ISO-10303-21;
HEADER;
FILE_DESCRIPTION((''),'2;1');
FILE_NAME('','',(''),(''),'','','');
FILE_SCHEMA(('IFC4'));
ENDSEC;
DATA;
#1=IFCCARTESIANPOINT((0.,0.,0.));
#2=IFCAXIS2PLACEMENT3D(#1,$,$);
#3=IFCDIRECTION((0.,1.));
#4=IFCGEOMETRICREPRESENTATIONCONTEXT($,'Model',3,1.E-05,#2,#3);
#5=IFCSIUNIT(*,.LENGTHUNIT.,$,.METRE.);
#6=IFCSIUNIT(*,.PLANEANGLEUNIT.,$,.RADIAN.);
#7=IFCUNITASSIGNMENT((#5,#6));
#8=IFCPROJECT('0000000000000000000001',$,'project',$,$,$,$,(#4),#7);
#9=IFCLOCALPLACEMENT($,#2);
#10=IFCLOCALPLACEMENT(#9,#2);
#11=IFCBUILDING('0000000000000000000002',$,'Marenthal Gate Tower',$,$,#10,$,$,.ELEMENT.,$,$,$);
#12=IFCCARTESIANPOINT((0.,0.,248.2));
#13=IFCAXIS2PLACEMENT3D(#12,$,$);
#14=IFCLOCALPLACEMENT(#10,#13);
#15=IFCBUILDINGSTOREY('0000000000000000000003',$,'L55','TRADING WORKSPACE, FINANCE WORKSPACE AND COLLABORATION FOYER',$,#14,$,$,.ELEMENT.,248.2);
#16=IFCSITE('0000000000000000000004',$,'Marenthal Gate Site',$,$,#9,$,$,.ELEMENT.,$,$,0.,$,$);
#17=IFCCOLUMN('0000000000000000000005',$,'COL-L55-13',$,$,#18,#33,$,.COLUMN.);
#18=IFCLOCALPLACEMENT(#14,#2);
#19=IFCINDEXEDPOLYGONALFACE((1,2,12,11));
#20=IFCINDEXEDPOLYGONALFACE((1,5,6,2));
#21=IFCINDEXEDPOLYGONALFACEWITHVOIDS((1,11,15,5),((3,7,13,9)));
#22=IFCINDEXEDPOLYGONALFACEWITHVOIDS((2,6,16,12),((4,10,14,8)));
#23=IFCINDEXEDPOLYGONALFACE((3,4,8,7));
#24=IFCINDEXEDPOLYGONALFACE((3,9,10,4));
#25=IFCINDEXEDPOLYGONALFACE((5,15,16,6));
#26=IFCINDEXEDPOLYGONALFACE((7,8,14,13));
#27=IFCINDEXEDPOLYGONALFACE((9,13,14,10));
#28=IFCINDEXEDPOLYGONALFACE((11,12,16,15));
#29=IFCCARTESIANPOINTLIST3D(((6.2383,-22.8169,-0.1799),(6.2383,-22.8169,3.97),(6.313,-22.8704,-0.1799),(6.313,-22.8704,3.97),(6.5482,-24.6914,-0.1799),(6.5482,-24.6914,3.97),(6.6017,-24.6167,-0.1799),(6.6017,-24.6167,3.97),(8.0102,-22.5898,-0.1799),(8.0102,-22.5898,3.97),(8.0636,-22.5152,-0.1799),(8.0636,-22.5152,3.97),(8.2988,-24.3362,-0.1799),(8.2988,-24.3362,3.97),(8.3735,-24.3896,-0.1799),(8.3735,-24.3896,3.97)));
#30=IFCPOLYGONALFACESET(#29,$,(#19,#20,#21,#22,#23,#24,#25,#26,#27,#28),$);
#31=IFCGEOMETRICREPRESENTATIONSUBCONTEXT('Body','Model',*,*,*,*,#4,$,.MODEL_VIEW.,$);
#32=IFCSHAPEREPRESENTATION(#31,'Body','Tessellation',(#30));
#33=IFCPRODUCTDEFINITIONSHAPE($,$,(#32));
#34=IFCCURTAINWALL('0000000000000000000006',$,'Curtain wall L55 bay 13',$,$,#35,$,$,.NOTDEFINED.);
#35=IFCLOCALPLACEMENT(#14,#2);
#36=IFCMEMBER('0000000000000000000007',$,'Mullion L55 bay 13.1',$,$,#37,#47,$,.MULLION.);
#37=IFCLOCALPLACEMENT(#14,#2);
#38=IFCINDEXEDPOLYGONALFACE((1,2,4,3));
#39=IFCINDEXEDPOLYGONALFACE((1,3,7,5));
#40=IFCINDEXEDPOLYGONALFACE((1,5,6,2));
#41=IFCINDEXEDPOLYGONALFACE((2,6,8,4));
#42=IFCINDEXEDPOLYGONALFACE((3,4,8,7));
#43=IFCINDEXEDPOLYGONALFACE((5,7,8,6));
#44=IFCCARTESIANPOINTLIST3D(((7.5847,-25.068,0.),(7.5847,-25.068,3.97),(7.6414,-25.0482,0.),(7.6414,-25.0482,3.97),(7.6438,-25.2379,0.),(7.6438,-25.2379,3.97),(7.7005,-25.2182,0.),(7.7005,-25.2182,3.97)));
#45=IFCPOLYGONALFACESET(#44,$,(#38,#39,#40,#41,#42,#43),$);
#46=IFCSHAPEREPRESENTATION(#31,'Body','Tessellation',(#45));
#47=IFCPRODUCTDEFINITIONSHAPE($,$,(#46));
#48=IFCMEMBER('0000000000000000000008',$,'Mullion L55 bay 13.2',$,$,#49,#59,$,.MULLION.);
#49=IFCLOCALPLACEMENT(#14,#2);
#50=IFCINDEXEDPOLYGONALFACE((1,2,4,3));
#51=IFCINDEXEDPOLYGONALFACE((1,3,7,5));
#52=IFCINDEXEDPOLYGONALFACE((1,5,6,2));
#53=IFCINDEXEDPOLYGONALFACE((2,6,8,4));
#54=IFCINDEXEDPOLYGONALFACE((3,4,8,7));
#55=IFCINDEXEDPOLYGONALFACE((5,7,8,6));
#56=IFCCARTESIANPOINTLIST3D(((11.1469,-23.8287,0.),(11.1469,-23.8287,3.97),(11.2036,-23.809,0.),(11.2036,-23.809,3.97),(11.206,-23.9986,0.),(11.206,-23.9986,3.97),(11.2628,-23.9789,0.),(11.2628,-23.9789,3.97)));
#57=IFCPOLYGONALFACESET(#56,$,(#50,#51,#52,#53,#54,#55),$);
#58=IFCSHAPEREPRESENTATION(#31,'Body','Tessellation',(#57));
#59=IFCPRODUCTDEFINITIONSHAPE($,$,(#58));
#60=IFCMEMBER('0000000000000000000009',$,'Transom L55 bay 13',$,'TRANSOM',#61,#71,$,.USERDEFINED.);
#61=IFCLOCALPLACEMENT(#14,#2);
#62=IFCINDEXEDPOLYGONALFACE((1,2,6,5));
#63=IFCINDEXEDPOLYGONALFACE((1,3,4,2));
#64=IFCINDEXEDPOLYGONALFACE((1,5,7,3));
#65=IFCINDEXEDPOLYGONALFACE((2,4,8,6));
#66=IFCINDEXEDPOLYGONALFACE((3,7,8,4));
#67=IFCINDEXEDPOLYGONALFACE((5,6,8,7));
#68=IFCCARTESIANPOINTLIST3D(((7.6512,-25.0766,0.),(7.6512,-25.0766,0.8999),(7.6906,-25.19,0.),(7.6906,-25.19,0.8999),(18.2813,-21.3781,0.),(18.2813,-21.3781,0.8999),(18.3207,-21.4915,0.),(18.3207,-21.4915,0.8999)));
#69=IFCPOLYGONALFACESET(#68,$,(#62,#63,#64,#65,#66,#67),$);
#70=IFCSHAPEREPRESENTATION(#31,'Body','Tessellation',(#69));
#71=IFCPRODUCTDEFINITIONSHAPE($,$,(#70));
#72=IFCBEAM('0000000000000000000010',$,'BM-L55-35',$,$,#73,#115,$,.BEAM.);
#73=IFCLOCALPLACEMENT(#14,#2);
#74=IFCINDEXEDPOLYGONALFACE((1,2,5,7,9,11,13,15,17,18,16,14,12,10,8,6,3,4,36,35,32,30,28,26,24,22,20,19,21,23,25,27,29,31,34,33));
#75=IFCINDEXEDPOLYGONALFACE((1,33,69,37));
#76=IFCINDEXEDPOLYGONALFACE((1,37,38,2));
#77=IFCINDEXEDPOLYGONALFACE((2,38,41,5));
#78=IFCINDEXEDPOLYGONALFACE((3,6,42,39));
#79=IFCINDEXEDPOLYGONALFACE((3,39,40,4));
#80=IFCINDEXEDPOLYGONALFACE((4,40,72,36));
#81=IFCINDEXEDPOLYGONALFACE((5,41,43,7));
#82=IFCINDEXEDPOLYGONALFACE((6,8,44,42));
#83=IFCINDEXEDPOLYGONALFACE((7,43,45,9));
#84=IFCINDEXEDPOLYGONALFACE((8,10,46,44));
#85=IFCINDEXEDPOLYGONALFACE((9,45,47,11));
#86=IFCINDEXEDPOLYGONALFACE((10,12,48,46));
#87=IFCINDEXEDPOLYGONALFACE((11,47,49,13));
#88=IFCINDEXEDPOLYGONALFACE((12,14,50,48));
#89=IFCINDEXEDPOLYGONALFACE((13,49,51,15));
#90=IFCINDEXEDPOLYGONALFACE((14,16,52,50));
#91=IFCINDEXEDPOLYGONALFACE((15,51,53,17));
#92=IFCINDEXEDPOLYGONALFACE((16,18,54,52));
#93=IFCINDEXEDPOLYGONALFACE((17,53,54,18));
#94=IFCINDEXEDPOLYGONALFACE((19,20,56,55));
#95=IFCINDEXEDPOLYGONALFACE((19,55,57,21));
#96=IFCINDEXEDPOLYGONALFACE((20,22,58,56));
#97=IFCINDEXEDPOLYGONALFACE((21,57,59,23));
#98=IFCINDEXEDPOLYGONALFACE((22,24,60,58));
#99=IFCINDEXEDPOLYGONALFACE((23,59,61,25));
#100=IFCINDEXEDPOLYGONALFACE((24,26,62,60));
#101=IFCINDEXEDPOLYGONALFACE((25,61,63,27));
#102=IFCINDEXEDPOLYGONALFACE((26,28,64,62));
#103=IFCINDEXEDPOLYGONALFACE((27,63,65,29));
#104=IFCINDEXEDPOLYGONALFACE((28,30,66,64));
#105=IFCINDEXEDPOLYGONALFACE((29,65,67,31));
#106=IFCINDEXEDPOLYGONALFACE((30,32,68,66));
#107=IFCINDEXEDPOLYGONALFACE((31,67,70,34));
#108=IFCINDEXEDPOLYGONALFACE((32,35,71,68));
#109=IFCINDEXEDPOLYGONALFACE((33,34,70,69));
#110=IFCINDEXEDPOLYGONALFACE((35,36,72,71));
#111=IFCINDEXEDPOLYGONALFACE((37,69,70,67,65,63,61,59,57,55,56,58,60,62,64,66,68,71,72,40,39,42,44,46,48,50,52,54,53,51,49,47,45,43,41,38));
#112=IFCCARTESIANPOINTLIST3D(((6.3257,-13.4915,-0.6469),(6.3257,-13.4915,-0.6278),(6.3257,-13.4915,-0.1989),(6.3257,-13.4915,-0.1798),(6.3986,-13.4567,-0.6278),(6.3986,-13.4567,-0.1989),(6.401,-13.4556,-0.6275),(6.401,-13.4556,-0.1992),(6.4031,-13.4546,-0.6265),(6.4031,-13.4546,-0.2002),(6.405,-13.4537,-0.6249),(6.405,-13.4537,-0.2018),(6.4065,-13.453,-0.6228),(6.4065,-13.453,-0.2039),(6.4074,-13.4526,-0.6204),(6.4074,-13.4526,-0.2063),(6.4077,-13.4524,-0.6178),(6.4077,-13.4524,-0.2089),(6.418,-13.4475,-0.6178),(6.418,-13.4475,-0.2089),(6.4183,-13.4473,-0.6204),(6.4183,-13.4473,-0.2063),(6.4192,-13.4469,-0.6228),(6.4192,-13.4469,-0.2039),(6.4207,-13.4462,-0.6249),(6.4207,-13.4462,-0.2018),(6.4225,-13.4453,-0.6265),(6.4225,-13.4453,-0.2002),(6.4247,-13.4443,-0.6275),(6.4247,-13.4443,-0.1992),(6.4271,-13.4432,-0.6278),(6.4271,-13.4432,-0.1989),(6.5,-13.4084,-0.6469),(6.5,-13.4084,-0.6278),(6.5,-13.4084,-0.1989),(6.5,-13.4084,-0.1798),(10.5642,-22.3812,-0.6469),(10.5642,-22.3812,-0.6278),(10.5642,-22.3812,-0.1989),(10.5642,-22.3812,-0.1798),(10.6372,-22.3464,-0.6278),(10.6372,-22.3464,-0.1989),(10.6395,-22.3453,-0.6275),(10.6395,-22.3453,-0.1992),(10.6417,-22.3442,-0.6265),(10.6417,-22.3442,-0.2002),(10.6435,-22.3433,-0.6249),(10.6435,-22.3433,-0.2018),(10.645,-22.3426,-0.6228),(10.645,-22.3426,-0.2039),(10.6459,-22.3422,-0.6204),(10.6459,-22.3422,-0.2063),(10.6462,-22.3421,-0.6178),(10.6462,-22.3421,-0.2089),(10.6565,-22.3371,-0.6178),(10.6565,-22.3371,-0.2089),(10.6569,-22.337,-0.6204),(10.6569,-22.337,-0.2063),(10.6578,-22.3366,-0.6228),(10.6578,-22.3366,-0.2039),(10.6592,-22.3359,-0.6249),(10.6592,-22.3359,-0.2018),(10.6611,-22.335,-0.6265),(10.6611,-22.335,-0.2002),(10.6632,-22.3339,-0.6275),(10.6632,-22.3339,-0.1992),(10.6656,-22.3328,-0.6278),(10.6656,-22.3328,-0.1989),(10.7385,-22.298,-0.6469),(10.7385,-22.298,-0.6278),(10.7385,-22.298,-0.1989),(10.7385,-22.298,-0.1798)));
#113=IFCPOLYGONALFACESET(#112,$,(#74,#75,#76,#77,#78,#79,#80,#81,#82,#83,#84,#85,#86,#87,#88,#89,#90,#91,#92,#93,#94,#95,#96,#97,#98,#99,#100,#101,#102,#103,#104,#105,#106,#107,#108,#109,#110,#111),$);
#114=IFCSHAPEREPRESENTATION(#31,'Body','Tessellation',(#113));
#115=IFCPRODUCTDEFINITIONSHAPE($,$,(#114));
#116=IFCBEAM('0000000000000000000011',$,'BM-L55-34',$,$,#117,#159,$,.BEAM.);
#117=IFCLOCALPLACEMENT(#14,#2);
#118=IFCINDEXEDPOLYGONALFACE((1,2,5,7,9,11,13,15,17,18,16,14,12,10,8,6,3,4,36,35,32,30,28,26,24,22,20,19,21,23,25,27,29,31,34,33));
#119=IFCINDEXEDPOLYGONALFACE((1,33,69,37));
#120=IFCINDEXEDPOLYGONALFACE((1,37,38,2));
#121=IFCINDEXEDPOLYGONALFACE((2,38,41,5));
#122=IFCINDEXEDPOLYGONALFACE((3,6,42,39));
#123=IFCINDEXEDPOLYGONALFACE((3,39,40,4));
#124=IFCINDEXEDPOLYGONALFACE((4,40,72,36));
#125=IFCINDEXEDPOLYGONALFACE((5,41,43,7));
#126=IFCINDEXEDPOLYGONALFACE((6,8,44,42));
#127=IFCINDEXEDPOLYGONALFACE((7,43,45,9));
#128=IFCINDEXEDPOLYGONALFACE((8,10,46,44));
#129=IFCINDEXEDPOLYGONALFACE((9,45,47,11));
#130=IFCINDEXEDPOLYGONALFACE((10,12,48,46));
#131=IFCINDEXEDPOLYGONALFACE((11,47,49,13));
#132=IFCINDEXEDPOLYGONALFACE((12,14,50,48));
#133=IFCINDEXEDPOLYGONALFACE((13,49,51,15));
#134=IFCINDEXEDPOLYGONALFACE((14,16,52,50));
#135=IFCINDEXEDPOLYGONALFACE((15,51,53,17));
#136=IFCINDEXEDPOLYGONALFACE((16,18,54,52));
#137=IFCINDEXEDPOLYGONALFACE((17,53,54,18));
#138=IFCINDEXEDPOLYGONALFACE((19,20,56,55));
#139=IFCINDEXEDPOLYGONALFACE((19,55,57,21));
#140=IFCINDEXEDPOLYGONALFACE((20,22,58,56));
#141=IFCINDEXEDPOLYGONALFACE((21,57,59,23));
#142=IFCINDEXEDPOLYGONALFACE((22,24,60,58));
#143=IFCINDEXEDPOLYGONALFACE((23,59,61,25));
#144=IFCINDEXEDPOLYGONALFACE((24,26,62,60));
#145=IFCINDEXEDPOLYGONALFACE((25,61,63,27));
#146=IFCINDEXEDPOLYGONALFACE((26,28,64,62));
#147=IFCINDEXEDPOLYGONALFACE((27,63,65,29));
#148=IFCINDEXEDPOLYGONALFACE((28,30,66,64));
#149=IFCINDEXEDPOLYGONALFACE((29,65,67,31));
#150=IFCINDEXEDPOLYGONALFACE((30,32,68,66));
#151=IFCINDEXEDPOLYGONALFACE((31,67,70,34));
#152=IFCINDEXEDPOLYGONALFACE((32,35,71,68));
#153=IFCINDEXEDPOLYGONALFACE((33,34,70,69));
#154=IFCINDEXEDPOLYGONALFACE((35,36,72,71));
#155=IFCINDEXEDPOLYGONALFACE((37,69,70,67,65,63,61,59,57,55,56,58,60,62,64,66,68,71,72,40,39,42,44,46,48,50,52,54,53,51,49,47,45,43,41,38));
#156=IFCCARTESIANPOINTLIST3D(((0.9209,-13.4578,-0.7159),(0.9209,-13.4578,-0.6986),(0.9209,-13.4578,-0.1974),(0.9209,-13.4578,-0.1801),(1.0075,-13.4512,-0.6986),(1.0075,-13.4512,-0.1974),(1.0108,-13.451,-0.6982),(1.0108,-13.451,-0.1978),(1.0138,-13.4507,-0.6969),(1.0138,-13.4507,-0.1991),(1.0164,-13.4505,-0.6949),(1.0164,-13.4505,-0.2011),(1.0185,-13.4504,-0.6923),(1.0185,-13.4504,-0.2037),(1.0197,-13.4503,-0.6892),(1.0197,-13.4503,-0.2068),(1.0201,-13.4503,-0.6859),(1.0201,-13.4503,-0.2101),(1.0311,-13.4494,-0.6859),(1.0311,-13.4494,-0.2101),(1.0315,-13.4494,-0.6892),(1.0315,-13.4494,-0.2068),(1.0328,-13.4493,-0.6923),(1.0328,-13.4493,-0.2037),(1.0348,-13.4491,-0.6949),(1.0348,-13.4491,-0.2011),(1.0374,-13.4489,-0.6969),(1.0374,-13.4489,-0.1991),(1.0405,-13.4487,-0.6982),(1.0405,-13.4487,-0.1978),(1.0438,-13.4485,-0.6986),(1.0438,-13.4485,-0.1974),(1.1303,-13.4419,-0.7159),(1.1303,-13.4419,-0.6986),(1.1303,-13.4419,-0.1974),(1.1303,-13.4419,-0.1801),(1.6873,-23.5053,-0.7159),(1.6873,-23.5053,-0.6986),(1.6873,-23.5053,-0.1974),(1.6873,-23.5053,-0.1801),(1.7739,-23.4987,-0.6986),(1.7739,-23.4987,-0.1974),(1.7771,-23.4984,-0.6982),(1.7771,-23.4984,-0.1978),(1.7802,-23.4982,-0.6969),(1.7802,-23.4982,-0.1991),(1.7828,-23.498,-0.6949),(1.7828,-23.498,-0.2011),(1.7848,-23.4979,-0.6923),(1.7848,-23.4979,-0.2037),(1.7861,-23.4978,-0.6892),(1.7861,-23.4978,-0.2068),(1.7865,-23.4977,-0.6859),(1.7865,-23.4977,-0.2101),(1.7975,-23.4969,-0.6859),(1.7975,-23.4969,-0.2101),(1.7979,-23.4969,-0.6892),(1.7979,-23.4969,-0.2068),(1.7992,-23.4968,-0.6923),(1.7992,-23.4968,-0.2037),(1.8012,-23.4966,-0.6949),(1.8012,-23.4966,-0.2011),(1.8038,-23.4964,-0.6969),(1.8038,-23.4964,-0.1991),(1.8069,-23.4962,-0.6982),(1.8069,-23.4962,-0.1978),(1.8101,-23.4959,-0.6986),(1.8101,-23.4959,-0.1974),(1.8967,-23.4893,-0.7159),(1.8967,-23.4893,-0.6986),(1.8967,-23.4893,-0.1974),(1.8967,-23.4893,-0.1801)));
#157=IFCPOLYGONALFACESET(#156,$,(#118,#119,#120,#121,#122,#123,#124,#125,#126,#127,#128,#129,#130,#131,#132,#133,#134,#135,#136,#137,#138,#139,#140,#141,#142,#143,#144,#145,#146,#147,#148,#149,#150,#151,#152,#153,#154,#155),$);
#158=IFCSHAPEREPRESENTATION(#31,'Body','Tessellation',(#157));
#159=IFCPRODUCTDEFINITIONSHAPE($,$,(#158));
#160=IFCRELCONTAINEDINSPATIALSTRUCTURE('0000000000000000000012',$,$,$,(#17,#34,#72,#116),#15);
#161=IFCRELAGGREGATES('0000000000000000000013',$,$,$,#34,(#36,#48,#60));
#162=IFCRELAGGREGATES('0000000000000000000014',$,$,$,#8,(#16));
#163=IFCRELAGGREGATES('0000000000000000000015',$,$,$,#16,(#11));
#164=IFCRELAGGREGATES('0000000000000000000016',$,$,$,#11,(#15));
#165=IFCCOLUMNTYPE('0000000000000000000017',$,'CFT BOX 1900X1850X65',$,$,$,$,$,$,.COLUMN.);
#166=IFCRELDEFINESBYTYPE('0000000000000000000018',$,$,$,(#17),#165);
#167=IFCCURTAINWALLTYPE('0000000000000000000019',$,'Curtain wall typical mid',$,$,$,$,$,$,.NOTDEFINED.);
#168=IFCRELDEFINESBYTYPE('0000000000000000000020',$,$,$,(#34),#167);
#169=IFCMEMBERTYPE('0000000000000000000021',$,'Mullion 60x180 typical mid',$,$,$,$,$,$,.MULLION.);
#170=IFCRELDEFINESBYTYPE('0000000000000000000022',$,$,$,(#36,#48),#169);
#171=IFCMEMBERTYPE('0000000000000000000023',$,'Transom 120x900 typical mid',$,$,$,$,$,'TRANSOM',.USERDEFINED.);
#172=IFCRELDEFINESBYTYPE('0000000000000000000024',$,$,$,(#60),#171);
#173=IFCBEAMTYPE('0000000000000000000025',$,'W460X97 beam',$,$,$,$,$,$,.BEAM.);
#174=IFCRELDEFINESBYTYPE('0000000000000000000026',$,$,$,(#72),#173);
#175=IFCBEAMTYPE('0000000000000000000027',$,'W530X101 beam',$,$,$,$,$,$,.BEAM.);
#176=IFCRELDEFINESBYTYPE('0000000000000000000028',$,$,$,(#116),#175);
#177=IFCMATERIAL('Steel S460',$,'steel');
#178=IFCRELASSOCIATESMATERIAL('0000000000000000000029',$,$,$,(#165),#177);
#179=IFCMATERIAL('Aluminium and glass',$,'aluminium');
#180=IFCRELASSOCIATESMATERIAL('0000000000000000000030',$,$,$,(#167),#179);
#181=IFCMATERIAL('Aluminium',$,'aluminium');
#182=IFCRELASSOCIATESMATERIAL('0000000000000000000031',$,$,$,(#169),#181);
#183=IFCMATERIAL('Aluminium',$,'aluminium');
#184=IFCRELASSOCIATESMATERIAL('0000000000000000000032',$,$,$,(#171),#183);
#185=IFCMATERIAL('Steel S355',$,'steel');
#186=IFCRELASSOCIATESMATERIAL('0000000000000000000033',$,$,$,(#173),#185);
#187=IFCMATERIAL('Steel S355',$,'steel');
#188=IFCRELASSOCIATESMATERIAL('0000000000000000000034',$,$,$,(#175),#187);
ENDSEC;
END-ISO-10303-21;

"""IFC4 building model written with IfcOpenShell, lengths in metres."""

from ifc_helpers import new_model, si_unit, direction, frame, origin, origin_2d, place, context, subcontext, project, spatial, rectangle, hollow_rectangle, i_section, extrude, material, material_profile, profile_set, type_object, element, aggregate, save


model = new_model("IFC4")

# Units and contexts
model_context = context("Model", 3, precision=1e-05, world=origin(), true_north=direction((0.0, 1.0)))
body_context = subcontext(model_context, "Body", "Model", "MODEL_VIEW")
ifc_project = project(units=[si_unit("LENGTHUNIT", "METRE"), si_unit("PLANEANGLEUNIT", "RADIAN")], contexts=[model_context])

# Site, building, storey
site_placement = place(None, origin())
site = spatial("IfcSite", under=ifc_project, at=site_placement, Name="Marenthal Gate Site", CompositionType="ELEMENT", RefElevation=0.0)
building_placement = place(site_placement, origin())
building = spatial("IfcBuilding", under=site, at=building_placement, Name="Marenthal Gate Tower", CompositionType="ELEMENT")
storey_placement = place(building_placement, frame((0.0, 0.0, 248.2)))
storey = spatial("IfcBuildingStorey", under=building, at=storey_placement, Name="L55", Description="TRADING WORKSPACE, FINANCE WORKSPACE AND COLLABORATION FOYER", CompositionType="ELEMENT", Elevation=248.2)

# Column
ifc_material_1 = material(Name="Steel S460", Category="steel")
ifc_material_profile_1 = material_profile(ifc_material_1, hollow_rectangle(XDim=1.8501, YDim=1.8999, WallThickness=0.0649, at=origin_2d()), Name="CFT BOX 1900X1850X65")
ifc_material_2 = material(Name="Concrete 70 MPa", Category="concrete")
ifc_material_profile_2 = material_profile(ifc_material_2, rectangle(XDim=1.72, YDim=1.77, at=origin_2d()), Name="CFT BOX 1900X1850X65 INFILL")
ifc_profile_set_1 = profile_set([ifc_material_profile_1, ifc_material_profile_2], Name="Steel S460 shell, Concrete 70 MPa infill")
column_type = type_object("IfcColumnType", Name="CFT BOX 1900X1850X65", PredefinedType="COLUMN", material=ifc_profile_set_1)
column_placement = place(storey_placement, frame((7.3059, -23.6033, -0.1799), z_axis=(0.0, 0.0, 1.0), x_axis=(-0.986611, -0.163088, 0.0)))
element("IfcColumn", 1, at=column_placement, inside=storey, type_object=column_type, Name="COL-L55-13", PredefinedType="COLUMN", context=body_context, shape_type="SweptSolid", body=[
    extrude(hollow_rectangle(XDim=1.8501, YDim=1.8999, WallThickness=0.0649, at=origin_2d()), origin(), (0.0, 0.0, 1.0), 4.1499),
])

# Curtain wall, members
ifc_material_3 = material(Name="Aluminium and glass", Category="aluminium")
curtain_wall_type = type_object("IfcCurtainWallType", Name="Curtain wall typical mid", PredefinedType="NOTDEFINED", material=ifc_material_3)
curtain_wall_placement = place(storey_placement, origin())
curtain_wall = element("IfcCurtainWall", 2, at=curtain_wall_placement, inside=storey, type_object=curtain_wall_type, Name="Curtain wall L55 bay 13", PredefinedType="NOTDEFINED")
ifc_material_4 = material(Name="Aluminium", Category="aluminium")
ifc_material_profile_3 = material_profile(ifc_material_4, rectangle(XDim=0.1799, YDim=0.0601, at=origin_2d()), Name="60x180 aluminium mullion")
ifc_profile_set_2 = profile_set([ifc_material_profile_3], Name="Aluminium")
member_type_1 = type_object("IfcMemberType", Name="Mullion 60x180 typical mid", PredefinedType="MULLION", material=ifc_profile_set_2)
member_1_placement = place(storey_placement, frame((7.6426, -25.1431, 0.0), z_axis=(0.0, 0.0, 1.0), x_axis=(-0.328612, 0.944465, 0.0)))
member_1 = element("IfcMember", 3, at=member_1_placement, type_object=member_type_1, Name="Mullion L55 bay 13.1", PredefinedType="MULLION", context=body_context, shape_type="SweptSolid", body=[
    extrude(rectangle(XDim=0.1799, YDim=0.0601, at=origin_2d()), origin(), (0.0, 0.0, 1.0), 3.97),
])
member_2_placement = place(storey_placement, frame((11.2048, -23.9038, 0.0), z_axis=(0.0, 0.0, 1.0), x_axis=(-0.328612, 0.944465, 0.0)))
member_2 = element("IfcMember", 4, at=member_2_placement, type_object=member_type_1, Name="Mullion L55 bay 13.2", PredefinedType="MULLION", context=body_context, shape_type="SweptSolid", body=[
    extrude(rectangle(XDim=0.1799, YDim=0.0601, at=origin_2d()), origin(), (0.0, 0.0, 1.0), 3.97),
])
ifc_material_5 = material(Name="Aluminium", Category="aluminium")
ifc_material_profile_4 = material_profile(ifc_material_5, rectangle(XDim=0.1201, YDim=0.8999, at=origin_2d()), Name="120x900 aluminium transom")
ifc_profile_set_3 = profile_set([ifc_material_profile_4], Name="Aluminium")
member_type_2 = type_object("IfcMemberType", Name="Transom 120x900 typical mid", ElementType="TRANSOM", PredefinedType="USERDEFINED", material=ifc_profile_set_3)
member_3_placement = place(storey_placement, frame((7.6709, -25.1333, 0.45), z_axis=(0.944468, 0.328604, 0.0), x_axis=(-0.328604, 0.944468, 0.0)))
member_3 = element("IfcMember", 5, at=member_3_placement, type_object=member_type_2, Name="Transom L55 bay 13", ObjectType="TRANSOM", PredefinedType="USERDEFINED", context=body_context, shape_type="SweptSolid", body=[
    extrude(rectangle(XDim=0.1201, YDim=0.8999, at=origin_2d()), origin(), (0.0, 0.0, 1.0), 11.2551),
])

# Beams
ifc_material_6 = material(Name="Steel S355", Category="steel")
ifc_material_profile_5 = material_profile(ifc_material_6, i_section(OverallWidth=0.1931, OverallDepth=0.467, WebThickness=0.0115, FlangeThickness=0.019, FilletRadius=0.01, at=origin_2d()), Name="W460X97")
ifc_profile_set_4 = profile_set([ifc_material_profile_5], Name="Steel S355")
beam_type_1 = type_object("IfcBeamType", Name="W460X97 beam", PredefinedType="BEAM", material=ifc_profile_set_4)
beam_1_placement = place(storey_placement, frame((10.6514, -22.3396, -0.4133), z_axis=(-0.430377, 0.902649, 0.0), x_axis=(-0.902649, -0.430377, 0.0)))
element("IfcBeam", 6, at=beam_1_placement, inside=storey, type_object=beam_type_1, Name="BM-L55-35", PredefinedType="BEAM", context=body_context, shape_type="SweptSolid", body=[
    extrude(i_section(OverallWidth=0.1931, OverallDepth=0.467, WebThickness=0.0115, FlangeThickness=0.019, FilletRadius=0.01, at=origin_2d()), origin(), (0.0, 0.0, 1.0), 9.8484),
])
ifc_material_7 = material(Name="Steel S355", Category="steel")
ifc_material_profile_6 = material_profile(ifc_material_7, i_section(OverallWidth=0.21, OverallDepth=0.5359, WebThickness=0.011, FlangeThickness=0.0173, FilletRadius=0.0127, at=origin_2d()), Name="W530X101")
ifc_profile_set_5 = profile_set([ifc_material_profile_6], Name="Steel S355")
beam_type_2 = type_object("IfcBeamType", Name="W530X101 beam", PredefinedType="BEAM", material=ifc_profile_set_5)
beam_2_placement = place(storey_placement, frame((1.792, -23.4973, -0.448), z_axis=(-0.076054, 0.997104, 0.0), x_axis=(-0.997104, -0.076054, 0.0)))
element("IfcBeam", 7, at=beam_2_placement, inside=storey, type_object=beam_type_2, Name="BM-L55-34", PredefinedType="BEAM", context=body_context, shape_type="SweptSolid", body=[
    extrude(i_section(OverallWidth=0.21, OverallDepth=0.5359, WebThickness=0.011, FlangeThickness=0.0173, FilletRadius=0.0127, at=origin_2d()), origin(), (0.0, 0.0, 1.0), 10.0767),
])

aggregate(curtain_wall, [member_1, member_2, member_3])

save(model, "model.ifc")
